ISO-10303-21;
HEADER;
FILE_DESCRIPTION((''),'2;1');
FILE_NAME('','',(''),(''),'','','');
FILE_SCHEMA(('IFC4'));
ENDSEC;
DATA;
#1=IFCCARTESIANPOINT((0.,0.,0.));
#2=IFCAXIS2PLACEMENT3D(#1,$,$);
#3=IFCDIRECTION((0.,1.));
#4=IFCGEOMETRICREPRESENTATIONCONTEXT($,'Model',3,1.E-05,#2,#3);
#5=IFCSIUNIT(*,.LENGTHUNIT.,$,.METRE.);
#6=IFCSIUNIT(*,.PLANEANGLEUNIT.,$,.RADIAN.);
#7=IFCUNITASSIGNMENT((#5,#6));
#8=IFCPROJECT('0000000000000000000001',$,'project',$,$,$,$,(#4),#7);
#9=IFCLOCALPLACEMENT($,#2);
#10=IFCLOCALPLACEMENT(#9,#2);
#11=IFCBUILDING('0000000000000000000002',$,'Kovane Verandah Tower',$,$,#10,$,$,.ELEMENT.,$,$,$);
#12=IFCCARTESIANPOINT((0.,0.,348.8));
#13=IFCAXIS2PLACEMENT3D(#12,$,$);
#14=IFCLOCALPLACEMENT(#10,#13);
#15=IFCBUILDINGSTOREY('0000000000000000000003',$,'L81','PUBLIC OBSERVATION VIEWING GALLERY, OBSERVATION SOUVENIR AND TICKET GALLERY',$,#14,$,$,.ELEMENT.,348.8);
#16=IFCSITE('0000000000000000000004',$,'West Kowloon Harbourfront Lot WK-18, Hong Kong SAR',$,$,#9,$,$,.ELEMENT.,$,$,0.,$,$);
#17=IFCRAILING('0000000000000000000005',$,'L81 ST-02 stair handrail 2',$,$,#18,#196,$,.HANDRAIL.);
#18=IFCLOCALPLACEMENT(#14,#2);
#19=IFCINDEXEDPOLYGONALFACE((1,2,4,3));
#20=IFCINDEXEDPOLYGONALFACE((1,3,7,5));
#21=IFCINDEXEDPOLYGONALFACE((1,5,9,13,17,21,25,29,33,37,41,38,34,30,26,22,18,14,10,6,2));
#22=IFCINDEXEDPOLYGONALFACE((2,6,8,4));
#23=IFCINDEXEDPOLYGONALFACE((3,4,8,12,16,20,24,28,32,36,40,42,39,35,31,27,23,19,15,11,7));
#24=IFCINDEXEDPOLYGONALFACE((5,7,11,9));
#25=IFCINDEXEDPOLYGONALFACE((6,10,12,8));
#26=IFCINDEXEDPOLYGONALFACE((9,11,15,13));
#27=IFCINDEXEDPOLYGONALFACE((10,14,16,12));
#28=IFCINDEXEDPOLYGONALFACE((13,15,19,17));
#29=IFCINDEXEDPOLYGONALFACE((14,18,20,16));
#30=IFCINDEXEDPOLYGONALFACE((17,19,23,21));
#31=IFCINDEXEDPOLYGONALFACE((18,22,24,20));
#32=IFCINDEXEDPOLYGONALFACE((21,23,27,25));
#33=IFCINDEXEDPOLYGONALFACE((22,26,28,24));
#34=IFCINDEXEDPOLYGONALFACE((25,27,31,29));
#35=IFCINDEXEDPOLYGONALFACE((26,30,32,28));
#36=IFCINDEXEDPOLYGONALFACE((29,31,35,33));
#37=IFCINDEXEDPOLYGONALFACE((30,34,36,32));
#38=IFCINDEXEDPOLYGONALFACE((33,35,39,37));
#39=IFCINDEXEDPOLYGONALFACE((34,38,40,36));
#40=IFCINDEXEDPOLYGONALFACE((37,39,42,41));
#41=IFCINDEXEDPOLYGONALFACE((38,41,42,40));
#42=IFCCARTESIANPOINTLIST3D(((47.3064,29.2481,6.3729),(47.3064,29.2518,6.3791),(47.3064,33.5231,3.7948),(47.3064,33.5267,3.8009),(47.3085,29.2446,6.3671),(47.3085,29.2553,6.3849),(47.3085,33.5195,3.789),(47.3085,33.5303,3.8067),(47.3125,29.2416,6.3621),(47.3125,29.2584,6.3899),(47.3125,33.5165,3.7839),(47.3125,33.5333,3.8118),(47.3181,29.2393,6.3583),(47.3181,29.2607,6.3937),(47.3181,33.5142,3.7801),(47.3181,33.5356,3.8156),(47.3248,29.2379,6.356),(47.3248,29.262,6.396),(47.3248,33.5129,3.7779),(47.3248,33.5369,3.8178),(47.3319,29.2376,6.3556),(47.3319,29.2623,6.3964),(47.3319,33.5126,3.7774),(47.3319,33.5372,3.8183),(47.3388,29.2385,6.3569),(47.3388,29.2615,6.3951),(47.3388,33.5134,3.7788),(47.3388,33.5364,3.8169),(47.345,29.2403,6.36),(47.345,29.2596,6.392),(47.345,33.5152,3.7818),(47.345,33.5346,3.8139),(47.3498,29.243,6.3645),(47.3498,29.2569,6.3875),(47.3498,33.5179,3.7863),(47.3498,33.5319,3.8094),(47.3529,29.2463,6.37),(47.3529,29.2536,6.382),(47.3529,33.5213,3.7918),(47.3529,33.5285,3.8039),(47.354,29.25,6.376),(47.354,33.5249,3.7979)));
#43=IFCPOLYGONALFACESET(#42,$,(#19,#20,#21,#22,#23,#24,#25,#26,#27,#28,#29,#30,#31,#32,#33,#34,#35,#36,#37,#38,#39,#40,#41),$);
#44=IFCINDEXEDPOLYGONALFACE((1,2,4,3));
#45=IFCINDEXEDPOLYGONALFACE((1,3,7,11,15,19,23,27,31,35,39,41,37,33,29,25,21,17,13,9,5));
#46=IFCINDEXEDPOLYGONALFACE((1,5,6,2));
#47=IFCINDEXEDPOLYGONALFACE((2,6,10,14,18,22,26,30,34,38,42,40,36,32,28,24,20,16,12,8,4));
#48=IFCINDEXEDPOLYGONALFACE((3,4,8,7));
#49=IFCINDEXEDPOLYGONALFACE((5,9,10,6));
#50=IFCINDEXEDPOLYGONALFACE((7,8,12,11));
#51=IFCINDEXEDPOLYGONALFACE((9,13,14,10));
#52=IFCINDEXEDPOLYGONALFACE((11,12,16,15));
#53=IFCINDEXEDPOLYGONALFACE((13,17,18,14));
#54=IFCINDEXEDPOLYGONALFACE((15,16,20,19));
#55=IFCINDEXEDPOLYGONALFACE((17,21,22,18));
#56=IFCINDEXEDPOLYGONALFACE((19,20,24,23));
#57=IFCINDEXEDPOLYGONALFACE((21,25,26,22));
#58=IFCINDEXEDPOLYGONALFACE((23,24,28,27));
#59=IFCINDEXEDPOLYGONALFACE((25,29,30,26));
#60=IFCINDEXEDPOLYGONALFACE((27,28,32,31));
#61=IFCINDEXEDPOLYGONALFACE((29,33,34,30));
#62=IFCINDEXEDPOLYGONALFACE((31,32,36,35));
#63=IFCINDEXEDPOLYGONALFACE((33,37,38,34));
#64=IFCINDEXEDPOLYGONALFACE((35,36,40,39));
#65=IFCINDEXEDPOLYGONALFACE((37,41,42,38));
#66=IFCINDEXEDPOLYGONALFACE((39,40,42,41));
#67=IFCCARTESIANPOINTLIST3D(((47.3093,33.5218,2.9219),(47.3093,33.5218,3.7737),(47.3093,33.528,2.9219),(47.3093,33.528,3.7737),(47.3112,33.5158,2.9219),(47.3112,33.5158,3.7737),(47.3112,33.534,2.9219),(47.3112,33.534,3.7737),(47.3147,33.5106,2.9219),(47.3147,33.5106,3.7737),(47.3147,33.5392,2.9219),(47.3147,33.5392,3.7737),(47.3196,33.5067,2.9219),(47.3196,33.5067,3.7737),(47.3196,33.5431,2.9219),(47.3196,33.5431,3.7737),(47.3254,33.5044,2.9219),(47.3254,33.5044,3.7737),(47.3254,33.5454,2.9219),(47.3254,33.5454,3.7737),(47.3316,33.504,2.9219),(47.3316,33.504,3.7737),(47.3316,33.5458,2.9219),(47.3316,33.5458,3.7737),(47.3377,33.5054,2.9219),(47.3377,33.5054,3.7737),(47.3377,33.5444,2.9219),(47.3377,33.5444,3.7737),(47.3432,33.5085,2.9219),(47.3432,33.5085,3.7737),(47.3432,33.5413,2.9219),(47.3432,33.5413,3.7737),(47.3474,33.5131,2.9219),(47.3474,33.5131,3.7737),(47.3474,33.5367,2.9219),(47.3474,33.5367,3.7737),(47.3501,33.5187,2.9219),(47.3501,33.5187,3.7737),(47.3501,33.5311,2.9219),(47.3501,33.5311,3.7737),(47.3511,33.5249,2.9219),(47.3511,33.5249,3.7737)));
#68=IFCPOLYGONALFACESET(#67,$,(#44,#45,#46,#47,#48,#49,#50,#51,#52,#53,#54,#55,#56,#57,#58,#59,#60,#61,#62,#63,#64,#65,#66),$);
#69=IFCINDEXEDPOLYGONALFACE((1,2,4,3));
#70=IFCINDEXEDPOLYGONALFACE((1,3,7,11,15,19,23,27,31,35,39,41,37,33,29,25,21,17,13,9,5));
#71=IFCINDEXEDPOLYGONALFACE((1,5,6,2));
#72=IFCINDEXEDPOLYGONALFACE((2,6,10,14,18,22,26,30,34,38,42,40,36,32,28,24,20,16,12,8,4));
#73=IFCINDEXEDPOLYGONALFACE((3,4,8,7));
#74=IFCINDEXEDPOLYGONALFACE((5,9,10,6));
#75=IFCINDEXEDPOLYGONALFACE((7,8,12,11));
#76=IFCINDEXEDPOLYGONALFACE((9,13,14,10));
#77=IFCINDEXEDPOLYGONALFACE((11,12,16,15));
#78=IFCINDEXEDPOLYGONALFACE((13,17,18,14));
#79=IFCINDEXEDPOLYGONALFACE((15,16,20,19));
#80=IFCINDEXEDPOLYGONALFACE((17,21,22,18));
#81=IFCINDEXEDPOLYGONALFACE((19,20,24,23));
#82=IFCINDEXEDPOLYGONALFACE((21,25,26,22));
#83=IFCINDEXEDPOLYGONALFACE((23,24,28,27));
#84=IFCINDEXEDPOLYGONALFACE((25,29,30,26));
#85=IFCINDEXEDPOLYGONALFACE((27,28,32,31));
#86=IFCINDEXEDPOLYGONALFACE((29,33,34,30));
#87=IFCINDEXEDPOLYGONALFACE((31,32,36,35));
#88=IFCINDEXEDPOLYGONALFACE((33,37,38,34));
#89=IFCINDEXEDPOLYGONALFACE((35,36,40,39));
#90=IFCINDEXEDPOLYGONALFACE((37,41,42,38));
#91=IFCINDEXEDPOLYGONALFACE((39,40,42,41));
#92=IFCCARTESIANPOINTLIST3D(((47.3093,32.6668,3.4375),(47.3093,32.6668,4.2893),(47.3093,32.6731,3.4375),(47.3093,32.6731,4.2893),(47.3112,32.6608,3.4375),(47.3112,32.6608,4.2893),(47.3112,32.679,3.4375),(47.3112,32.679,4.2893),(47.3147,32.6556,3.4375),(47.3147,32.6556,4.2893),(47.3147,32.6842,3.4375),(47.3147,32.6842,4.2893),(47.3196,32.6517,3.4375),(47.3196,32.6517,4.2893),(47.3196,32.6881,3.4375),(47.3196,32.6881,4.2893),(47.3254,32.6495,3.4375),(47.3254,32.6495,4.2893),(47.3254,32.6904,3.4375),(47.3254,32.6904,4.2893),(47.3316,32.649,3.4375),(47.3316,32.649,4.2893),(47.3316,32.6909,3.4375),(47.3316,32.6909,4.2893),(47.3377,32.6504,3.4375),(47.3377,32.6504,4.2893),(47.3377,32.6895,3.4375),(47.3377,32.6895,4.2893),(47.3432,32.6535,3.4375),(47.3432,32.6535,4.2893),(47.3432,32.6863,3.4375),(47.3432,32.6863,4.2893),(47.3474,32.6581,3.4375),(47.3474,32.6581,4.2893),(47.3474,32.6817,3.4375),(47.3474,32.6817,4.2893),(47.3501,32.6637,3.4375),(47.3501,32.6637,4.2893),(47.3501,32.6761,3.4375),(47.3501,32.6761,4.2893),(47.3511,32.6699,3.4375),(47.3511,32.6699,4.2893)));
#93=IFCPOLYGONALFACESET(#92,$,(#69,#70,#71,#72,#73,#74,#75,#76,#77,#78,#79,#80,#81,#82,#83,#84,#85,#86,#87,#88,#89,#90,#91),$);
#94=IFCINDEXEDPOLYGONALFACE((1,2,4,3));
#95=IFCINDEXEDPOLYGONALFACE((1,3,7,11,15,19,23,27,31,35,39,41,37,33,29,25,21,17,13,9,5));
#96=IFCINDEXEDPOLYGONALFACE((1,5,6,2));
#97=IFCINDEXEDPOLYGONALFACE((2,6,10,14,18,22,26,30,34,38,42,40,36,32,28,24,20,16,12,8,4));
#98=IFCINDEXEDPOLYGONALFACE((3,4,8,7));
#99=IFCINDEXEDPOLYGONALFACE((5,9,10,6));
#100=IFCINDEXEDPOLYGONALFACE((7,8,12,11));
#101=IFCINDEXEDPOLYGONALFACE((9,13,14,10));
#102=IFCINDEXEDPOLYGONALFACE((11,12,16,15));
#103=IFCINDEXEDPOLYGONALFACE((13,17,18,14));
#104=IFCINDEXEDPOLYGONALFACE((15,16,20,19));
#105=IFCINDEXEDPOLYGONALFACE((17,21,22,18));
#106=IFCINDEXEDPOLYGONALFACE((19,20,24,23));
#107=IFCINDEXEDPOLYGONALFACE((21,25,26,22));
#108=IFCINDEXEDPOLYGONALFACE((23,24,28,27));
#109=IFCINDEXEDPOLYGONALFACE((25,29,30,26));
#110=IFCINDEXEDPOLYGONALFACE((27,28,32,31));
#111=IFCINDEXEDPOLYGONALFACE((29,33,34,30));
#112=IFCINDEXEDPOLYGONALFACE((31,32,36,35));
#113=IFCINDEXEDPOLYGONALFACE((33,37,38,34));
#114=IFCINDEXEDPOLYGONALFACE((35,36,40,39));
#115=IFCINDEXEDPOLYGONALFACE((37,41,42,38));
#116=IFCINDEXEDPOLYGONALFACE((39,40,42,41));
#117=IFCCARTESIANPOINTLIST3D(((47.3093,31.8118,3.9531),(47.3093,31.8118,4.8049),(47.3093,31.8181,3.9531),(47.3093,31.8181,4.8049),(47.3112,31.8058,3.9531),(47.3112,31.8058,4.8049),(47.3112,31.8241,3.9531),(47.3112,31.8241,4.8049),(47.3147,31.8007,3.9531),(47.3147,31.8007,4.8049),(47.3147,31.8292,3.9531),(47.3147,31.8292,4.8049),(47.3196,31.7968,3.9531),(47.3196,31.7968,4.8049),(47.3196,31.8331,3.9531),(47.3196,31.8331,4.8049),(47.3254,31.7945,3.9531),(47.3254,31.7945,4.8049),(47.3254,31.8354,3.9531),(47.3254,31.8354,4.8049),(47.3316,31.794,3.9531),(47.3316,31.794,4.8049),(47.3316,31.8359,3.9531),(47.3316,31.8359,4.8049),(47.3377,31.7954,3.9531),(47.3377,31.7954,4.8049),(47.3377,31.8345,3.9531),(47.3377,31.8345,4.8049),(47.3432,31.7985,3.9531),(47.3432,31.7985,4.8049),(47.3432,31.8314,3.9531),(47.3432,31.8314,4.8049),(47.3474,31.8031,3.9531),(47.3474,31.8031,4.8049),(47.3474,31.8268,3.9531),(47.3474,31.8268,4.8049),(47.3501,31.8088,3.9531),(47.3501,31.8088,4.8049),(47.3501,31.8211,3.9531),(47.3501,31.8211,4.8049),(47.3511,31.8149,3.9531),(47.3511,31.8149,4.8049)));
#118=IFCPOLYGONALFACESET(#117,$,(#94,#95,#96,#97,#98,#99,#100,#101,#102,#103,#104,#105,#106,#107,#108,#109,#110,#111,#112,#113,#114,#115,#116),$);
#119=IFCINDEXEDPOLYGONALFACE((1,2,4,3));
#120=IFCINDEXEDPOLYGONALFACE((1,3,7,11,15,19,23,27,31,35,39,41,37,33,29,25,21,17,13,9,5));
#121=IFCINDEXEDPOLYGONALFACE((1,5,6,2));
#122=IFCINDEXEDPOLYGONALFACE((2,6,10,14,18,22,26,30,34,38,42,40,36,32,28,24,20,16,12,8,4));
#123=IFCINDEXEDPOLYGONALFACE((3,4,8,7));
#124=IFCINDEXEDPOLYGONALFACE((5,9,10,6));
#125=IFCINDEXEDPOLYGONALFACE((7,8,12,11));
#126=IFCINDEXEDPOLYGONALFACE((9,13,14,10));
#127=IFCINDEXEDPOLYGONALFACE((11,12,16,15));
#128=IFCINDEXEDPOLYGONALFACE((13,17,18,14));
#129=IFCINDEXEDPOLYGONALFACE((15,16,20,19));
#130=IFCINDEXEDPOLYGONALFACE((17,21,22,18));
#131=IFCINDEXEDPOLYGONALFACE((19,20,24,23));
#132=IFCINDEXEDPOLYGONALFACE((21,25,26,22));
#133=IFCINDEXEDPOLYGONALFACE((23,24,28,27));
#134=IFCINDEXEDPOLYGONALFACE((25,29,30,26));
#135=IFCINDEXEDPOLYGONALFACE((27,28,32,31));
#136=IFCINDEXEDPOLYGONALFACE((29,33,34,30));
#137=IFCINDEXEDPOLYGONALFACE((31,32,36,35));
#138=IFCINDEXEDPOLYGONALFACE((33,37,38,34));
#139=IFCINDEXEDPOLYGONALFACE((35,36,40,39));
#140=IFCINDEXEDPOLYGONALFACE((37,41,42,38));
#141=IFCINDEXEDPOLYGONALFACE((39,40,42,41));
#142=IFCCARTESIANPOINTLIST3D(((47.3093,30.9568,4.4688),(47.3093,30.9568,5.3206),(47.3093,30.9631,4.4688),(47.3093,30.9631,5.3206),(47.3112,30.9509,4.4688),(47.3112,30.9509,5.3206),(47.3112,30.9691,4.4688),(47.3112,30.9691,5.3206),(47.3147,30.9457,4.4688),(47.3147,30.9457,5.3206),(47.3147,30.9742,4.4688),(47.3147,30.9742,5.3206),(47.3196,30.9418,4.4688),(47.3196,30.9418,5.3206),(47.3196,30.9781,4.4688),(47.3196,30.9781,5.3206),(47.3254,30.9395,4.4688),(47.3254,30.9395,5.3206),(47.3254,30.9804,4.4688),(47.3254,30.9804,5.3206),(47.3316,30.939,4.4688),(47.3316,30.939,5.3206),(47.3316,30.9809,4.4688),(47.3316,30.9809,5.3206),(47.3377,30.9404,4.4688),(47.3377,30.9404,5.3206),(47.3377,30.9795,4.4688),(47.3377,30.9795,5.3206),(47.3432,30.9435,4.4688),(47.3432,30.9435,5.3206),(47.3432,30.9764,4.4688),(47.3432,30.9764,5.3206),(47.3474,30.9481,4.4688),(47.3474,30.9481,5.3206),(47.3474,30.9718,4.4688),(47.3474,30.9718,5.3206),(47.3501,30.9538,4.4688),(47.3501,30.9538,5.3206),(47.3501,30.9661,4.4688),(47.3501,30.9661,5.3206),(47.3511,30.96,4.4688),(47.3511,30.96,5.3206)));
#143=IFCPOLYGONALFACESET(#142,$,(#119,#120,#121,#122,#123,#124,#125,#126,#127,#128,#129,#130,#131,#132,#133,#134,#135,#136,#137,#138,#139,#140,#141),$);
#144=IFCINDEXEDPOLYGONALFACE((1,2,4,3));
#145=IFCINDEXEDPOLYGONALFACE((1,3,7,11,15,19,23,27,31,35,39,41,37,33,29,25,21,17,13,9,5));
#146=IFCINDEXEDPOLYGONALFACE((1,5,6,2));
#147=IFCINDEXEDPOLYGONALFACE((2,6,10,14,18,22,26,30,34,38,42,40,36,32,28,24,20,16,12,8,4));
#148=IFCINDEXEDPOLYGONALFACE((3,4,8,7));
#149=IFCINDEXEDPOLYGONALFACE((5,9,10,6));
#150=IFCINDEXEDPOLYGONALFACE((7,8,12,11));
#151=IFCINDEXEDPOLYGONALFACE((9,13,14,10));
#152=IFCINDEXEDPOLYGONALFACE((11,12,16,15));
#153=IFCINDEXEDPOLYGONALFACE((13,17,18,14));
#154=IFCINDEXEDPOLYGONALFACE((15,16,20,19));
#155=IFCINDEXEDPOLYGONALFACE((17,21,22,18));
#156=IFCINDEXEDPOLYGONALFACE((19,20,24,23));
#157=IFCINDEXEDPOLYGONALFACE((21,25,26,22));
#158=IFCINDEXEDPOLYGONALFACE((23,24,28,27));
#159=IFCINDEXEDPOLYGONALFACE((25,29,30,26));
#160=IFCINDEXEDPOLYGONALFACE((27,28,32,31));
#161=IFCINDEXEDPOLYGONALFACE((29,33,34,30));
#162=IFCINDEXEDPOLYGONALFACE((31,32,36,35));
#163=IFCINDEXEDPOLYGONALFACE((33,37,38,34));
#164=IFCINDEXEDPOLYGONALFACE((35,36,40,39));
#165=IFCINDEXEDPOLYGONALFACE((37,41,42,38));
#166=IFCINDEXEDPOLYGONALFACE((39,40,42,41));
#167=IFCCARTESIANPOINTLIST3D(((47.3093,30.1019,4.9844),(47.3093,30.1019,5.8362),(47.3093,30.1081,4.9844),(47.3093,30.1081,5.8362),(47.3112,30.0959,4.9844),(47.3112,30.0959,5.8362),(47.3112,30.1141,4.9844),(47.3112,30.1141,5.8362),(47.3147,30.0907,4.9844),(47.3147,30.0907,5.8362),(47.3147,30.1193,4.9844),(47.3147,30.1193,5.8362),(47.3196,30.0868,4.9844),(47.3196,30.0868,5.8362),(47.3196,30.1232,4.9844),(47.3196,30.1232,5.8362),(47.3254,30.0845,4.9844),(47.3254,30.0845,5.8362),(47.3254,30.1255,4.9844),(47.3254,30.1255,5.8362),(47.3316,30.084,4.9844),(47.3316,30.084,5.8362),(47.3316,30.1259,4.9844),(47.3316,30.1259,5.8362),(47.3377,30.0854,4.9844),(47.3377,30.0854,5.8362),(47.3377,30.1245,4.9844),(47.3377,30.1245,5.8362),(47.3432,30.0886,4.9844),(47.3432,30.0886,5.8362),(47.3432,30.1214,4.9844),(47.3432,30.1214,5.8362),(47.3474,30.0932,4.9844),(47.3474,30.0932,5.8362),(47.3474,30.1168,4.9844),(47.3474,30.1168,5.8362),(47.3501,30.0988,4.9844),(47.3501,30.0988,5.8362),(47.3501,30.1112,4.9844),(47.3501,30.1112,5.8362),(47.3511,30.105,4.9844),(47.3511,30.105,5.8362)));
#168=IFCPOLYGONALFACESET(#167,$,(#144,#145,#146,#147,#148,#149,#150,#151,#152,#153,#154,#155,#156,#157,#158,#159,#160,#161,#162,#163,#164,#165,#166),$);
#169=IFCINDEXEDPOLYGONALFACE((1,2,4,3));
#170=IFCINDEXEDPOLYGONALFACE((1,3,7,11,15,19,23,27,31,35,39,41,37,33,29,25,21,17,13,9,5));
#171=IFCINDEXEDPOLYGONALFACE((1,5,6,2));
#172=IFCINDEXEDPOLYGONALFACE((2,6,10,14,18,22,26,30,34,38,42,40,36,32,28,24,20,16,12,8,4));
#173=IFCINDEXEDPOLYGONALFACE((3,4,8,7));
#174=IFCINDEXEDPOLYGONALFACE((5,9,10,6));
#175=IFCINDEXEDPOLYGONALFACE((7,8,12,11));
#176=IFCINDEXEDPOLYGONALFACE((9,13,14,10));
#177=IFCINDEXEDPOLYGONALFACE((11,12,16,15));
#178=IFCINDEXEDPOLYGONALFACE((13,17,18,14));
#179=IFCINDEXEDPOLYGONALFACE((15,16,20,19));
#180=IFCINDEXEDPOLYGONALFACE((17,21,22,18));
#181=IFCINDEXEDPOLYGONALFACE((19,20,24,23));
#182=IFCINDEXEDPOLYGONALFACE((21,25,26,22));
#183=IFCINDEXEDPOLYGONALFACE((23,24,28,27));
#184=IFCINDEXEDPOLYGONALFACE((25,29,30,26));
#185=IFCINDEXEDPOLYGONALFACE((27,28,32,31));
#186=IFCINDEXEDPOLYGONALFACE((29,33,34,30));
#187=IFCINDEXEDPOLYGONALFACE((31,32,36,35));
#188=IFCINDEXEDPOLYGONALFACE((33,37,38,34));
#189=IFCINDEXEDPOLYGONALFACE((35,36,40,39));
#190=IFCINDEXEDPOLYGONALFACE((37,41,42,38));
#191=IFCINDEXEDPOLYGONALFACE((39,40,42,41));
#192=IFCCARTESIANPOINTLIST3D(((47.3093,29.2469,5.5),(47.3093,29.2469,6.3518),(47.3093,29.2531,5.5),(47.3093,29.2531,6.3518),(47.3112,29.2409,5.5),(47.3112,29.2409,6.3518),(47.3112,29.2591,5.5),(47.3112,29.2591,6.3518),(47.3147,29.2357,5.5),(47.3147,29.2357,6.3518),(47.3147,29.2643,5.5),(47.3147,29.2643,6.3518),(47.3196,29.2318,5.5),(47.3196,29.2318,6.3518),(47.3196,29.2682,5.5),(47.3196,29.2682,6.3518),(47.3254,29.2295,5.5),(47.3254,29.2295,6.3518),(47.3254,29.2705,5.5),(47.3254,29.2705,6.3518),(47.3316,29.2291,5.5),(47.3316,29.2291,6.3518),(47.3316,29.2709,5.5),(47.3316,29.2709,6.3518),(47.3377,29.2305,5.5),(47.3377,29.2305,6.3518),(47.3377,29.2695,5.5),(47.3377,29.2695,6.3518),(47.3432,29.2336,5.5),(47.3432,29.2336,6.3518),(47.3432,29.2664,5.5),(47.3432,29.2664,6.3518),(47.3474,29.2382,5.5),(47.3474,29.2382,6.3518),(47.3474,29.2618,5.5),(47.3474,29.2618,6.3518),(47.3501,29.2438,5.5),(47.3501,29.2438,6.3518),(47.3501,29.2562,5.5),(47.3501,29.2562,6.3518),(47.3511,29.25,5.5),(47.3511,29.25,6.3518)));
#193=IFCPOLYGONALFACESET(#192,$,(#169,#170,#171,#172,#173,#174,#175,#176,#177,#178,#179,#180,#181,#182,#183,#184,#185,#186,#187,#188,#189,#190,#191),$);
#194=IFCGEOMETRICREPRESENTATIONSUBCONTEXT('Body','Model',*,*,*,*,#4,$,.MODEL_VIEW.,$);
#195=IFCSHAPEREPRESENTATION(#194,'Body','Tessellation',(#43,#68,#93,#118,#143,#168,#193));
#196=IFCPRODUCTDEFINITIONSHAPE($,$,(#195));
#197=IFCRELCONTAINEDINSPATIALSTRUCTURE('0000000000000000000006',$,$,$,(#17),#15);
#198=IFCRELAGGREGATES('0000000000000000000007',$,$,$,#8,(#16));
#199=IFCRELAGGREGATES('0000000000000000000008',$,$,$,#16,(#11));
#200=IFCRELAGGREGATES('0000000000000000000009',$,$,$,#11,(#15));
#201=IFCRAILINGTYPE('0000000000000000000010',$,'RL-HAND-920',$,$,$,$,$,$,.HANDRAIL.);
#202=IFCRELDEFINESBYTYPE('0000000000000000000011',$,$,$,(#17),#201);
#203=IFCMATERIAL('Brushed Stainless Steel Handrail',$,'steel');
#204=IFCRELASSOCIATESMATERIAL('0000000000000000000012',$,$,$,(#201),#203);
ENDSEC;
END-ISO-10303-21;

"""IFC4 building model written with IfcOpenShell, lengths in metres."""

from ifc_helpers import new_model, si_unit, direction, frame, origin, origin_2d, place, context, subcontext, project, spatial, circle, extrude, material, type_object, element, save


model = new_model("IFC4")

# Units and contexts
model_context = context("Model", 3, precision=1e-05, world=origin(), true_north=direction((0.0, 1.0)))
body_context = subcontext(model_context, "Body", "Model", "MODEL_VIEW")
ifc_project = project(units=[si_unit("LENGTHUNIT", "METRE"), si_unit("PLANEANGLEUNIT", "RADIAN")], contexts=[model_context])

# Site, building, storey
site_placement = place(None, origin())
site = spatial("IfcSite", under=ifc_project, at=site_placement, Name="West Kowloon Harbourfront Lot WK-18, Hong Kong SAR", CompositionType="ELEMENT", RefElevation=0.0)
building_placement = place(site_placement, origin())
building = spatial("IfcBuilding", under=site, at=building_placement, Name="Kovane Verandah Tower", CompositionType="ELEMENT")
storey_placement = place(building_placement, frame((0.0, 0.0, 348.8)))
storey = spatial("IfcBuildingStorey", under=building, at=storey_placement, Name="L81", Description="PUBLIC OBSERVATION VIEWING GALLERY, OBSERVATION SOUVENIR AND TICKET GALLERY", CompositionType="ELEMENT", Elevation=348.8)

# Railing
ifc_material_1 = material(Name="Brushed Stainless Steel Handrail", Category="steel")
railing_type_1 = type_object("IfcRailingType", Name="RL-HAND-920", PredefinedType="HANDRAIL", material=ifc_material_1)
railing_1_placement = place(storey_placement, frame((47.3301, 33.5249, 2.9219)))
element("IfcRailing", 1, at=railing_1_placement, inside=storey, type_object=railing_type_1, Name="L81 ST-02 stair handrail 2", PredefinedType="HANDRAIL", context=body_context, shape_type="SweptSolid", body=[
    extrude(circle(Radius=0.0239, at=origin_2d()), frame((0.0, 0.0, 0.876), z_axis=(0.0, -0.856326, 0.516436), x_axis=(1.0, 0.0, 0.0)), (0.0, 0.0, 1.0), 4.9922),
    extrude(circle(Radius=0.021, at=origin_2d()), origin(), (0.0, 0.0, 1.0), 0.8518),
    extrude(circle(Radius=0.021, at=origin_2d()), frame((0.0, -0.855, 0.5156)), (0.0, 0.0, 1.0), 0.8518),
    extrude(circle(Radius=0.021, at=origin_2d()), frame((0.0, -1.71, 1.0312)), (0.0, 0.0, 1.0), 0.8518),
    extrude(circle(Radius=0.021, at=origin_2d()), frame((0.0, -2.5649, 1.5469)), (0.0, 0.0, 1.0), 0.8518),
    extrude(circle(Radius=0.021, at=origin_2d()), frame((0.0, -3.4199, 2.0625)), (0.0, 0.0, 1.0), 0.8518),
    extrude(circle(Radius=0.021, at=origin_2d()), frame((0.0, -4.2749, 2.5781)), (0.0, 0.0, 1.0), 0.8518),
])

save(model, "model.ifc")
